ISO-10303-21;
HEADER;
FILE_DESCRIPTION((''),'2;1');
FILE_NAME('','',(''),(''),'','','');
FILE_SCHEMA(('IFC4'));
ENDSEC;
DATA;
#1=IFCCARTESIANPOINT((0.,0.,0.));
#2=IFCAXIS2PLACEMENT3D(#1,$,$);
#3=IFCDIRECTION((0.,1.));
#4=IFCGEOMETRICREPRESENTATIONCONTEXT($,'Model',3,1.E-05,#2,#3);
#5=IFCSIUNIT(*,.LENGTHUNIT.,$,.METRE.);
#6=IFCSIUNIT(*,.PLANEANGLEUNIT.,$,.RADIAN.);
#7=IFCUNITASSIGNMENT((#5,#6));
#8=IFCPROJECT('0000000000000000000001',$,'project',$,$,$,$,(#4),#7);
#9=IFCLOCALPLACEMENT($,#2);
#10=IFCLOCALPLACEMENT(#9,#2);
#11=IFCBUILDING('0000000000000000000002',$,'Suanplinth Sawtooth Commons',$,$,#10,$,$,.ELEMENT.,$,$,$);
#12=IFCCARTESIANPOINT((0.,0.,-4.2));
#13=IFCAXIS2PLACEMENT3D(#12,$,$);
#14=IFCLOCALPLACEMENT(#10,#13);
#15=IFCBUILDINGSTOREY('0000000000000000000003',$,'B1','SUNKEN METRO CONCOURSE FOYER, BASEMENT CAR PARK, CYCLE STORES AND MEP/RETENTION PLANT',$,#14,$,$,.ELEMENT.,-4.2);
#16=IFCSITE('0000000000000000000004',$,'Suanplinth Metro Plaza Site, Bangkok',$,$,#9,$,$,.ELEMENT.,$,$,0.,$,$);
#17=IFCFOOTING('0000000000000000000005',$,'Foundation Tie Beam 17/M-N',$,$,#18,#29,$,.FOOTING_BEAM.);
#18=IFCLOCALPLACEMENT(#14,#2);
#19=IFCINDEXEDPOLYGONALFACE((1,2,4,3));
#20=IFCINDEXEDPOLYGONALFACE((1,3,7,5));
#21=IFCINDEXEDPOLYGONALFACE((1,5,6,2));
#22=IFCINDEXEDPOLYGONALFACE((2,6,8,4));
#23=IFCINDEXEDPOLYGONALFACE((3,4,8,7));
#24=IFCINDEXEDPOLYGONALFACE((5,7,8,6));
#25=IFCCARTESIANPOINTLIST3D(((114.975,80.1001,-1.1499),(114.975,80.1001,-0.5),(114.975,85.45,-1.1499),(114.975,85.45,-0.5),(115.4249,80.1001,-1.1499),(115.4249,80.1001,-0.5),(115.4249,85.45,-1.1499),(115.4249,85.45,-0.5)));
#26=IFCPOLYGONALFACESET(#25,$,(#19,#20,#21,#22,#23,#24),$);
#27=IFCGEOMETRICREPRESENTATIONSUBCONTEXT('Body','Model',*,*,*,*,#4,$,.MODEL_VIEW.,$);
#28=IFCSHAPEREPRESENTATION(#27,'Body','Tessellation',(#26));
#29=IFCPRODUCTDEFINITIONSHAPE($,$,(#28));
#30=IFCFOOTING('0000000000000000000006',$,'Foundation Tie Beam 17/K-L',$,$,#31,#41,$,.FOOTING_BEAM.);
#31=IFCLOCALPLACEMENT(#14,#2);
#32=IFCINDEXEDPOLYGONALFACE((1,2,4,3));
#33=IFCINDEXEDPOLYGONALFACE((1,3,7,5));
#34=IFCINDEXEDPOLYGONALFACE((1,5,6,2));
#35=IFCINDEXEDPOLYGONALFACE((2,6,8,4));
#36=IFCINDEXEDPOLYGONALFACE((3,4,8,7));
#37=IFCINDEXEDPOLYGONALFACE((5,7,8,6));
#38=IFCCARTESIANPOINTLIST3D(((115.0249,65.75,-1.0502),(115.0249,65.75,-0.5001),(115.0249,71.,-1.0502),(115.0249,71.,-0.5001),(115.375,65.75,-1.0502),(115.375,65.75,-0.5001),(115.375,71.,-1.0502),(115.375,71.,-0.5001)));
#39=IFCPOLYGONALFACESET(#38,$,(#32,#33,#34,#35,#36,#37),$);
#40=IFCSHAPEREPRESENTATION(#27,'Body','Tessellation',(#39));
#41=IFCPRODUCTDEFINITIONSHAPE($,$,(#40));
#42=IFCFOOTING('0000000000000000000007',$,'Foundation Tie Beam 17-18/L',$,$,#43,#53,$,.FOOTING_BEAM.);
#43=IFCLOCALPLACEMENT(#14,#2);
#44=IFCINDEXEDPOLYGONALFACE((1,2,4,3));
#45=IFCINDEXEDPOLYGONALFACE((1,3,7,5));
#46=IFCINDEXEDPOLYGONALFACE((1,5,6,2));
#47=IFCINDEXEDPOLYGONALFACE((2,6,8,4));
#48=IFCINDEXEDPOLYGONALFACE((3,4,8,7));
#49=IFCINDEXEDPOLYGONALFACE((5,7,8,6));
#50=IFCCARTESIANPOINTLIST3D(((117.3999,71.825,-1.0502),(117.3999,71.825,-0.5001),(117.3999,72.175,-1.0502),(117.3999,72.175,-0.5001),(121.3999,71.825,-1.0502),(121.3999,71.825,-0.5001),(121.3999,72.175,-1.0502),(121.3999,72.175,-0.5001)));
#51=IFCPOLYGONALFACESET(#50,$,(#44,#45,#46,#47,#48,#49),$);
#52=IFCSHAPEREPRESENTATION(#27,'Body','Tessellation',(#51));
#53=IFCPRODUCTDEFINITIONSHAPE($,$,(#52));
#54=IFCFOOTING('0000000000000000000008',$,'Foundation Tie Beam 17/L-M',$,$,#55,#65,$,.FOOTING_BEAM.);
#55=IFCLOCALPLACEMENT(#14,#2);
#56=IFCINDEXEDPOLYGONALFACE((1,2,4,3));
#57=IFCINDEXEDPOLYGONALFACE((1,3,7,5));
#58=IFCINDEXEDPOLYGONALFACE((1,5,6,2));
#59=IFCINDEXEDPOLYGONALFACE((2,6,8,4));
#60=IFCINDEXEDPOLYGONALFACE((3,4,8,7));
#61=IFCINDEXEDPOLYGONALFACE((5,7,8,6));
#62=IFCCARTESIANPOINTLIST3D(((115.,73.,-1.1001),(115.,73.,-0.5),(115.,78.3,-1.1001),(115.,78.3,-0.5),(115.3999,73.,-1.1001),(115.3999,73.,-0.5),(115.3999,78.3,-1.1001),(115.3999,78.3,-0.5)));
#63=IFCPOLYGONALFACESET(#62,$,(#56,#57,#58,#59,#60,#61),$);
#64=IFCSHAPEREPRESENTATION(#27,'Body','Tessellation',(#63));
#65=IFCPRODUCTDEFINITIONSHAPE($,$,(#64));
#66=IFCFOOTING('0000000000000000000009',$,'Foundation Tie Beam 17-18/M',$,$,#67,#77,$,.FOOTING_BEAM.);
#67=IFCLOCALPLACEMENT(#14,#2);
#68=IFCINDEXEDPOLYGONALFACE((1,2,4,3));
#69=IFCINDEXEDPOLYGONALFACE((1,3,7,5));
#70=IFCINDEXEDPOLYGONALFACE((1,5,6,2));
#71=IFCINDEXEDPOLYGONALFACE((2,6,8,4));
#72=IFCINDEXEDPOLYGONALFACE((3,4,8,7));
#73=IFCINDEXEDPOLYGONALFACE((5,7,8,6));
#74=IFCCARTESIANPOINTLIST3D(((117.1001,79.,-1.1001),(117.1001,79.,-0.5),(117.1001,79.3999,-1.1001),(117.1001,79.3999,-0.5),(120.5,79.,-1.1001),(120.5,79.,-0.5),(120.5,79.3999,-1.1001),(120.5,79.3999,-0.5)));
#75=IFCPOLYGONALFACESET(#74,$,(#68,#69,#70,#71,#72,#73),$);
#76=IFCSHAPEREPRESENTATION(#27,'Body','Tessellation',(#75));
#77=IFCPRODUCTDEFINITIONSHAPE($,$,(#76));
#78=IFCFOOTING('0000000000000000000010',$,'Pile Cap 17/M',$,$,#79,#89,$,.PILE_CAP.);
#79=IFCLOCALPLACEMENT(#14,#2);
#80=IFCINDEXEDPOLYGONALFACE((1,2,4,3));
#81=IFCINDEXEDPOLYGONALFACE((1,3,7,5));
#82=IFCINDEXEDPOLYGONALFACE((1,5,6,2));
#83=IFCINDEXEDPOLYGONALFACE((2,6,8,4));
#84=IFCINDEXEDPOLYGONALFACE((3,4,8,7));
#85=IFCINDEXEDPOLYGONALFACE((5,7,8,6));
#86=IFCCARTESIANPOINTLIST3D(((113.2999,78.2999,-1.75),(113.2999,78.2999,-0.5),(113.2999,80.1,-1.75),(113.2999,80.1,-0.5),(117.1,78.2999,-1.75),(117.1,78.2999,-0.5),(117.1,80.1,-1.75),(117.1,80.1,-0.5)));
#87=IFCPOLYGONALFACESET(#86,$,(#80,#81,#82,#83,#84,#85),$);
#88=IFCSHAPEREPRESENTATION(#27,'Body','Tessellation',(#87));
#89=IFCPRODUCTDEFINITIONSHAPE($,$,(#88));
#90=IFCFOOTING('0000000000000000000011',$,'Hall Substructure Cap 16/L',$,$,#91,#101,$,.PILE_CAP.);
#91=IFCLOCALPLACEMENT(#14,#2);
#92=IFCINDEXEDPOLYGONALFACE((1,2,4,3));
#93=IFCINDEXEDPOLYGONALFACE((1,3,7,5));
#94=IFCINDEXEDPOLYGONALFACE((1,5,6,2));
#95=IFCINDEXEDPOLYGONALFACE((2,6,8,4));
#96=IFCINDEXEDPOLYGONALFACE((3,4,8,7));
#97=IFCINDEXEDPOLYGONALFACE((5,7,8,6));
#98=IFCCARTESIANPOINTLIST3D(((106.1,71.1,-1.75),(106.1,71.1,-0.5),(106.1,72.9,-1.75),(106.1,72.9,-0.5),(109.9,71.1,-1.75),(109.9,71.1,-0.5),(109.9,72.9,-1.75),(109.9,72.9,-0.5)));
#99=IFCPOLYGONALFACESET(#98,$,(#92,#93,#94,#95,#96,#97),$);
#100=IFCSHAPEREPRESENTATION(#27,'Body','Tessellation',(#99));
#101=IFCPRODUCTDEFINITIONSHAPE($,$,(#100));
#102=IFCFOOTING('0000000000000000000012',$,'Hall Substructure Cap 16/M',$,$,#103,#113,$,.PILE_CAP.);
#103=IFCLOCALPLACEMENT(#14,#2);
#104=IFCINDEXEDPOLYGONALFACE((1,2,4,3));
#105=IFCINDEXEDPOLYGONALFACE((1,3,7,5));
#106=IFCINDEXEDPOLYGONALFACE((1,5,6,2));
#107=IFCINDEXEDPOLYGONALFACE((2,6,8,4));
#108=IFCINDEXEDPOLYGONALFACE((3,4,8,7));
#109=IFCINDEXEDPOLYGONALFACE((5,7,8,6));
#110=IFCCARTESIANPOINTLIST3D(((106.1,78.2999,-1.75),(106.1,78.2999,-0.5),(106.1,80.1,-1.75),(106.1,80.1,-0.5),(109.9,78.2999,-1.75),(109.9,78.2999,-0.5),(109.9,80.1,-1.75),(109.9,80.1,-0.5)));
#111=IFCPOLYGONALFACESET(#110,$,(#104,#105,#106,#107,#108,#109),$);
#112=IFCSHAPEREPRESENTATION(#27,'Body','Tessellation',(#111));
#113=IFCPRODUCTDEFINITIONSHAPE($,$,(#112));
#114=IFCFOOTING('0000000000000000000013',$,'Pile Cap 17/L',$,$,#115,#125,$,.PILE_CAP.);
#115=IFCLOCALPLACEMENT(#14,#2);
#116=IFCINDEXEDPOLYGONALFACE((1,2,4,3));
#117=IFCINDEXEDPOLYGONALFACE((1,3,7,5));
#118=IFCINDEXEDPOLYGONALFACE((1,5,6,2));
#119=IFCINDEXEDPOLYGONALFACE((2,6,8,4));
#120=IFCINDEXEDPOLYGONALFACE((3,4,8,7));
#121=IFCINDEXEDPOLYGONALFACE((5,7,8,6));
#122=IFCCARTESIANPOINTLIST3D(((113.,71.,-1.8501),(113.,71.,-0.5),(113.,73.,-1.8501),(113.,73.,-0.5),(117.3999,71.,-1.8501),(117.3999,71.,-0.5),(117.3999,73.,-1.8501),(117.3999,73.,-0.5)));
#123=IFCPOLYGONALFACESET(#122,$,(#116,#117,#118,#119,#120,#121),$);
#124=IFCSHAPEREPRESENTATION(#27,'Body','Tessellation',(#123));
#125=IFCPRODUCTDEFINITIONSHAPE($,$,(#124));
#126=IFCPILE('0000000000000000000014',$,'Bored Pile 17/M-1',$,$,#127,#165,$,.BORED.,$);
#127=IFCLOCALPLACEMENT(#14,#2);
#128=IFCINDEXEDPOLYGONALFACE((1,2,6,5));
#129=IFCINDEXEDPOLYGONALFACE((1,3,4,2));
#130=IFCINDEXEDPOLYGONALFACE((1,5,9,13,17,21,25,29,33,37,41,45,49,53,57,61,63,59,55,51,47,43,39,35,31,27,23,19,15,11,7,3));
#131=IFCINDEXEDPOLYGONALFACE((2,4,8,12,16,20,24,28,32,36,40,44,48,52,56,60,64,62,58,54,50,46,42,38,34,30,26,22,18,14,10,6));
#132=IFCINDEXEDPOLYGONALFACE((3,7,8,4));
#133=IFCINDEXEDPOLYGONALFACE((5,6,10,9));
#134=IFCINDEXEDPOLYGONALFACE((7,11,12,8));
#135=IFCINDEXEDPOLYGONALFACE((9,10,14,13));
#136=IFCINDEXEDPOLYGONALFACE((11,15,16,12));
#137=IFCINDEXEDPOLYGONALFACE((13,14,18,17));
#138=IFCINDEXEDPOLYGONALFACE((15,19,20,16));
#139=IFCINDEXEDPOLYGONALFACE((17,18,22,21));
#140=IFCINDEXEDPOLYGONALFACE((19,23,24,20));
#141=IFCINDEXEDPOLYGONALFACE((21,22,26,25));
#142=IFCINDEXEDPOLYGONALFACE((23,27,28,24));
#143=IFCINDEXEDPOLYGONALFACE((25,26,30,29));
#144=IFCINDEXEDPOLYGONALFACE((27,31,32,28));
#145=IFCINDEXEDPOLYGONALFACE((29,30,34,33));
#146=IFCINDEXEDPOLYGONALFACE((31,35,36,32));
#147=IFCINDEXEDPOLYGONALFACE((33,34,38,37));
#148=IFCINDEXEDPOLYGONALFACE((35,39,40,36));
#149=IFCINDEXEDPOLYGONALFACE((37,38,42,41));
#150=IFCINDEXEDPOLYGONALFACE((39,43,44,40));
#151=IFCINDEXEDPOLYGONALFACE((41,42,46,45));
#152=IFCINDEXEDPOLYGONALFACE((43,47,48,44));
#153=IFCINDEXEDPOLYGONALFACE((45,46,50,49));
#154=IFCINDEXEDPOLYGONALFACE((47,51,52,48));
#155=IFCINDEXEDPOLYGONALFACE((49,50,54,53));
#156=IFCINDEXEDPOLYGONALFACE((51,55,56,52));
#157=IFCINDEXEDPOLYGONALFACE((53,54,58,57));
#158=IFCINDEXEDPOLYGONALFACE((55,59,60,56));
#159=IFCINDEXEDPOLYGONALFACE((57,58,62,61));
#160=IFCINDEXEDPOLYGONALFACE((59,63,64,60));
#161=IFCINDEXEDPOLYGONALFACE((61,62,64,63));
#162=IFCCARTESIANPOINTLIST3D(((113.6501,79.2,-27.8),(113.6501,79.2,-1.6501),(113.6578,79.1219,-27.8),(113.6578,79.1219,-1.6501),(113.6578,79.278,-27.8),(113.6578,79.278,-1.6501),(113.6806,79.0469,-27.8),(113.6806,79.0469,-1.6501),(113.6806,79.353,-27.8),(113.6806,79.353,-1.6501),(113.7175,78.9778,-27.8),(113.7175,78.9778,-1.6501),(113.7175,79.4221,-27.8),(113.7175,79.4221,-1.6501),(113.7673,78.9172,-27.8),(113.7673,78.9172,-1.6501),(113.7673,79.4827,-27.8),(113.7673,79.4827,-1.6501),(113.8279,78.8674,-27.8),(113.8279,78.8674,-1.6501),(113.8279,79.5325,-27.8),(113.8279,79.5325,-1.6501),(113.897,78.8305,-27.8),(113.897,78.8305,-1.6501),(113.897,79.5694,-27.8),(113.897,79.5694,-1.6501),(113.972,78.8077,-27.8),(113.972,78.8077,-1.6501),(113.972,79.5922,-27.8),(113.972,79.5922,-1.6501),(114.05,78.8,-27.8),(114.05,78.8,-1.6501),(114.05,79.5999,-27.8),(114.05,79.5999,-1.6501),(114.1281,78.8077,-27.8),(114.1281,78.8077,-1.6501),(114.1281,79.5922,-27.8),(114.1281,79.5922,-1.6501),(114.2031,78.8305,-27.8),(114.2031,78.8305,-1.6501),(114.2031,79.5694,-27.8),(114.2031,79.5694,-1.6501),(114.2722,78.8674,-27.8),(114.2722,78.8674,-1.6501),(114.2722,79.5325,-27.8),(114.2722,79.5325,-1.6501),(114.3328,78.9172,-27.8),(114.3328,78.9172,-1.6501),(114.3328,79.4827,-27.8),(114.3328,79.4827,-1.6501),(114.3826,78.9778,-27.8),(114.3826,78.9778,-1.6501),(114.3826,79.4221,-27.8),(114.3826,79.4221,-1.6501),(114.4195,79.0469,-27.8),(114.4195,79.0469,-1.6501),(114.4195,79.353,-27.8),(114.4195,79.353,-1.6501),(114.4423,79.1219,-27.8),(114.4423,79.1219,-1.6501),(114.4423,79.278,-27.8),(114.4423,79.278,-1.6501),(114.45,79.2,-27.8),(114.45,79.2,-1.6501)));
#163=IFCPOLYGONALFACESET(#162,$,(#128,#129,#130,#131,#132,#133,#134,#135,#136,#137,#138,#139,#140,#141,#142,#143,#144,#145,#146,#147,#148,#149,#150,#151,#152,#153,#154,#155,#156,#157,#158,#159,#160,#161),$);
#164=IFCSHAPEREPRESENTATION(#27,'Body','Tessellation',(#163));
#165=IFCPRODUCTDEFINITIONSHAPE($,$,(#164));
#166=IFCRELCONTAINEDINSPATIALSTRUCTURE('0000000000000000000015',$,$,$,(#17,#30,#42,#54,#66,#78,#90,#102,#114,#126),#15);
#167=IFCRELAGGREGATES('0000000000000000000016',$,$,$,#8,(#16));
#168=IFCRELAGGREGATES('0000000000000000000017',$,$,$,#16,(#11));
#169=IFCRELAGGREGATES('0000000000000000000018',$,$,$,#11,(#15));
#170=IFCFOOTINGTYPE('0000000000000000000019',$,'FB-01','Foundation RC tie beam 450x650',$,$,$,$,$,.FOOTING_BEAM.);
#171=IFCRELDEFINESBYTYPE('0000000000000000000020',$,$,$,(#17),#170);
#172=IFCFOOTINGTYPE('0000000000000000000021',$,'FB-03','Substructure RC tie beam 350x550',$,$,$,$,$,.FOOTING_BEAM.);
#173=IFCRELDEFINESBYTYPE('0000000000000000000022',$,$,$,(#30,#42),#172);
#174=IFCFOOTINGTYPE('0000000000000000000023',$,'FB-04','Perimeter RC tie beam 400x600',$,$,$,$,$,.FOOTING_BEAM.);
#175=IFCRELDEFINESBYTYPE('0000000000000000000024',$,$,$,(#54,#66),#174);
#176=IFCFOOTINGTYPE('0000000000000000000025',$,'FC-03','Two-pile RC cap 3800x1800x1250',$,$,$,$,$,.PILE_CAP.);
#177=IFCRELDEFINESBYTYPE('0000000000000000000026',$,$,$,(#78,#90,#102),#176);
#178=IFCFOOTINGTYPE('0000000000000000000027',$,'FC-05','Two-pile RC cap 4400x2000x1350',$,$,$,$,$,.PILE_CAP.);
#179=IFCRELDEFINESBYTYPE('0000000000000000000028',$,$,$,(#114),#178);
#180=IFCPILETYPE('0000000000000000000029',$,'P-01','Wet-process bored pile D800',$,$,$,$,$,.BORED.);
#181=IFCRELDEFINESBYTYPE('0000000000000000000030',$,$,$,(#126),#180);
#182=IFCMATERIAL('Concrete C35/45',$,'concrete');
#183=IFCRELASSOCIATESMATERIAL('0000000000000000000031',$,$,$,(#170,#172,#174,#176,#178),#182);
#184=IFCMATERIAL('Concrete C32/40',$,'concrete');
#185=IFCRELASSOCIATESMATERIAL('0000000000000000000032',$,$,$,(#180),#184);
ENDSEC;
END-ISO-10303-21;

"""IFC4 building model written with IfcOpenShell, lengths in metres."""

from ifc_helpers import new_model, si_unit, direction, frame, origin, origin_2d, place, context, subcontext, project, spatial, rectangle, circle, extrude, material, material_profile, profile_set, type_object, element, save


model = new_model("IFC4")

# Units and contexts
model_context = context("Model", 3, precision=1e-05, world=origin(), true_north=direction((0.0, 1.0)))
body_context = subcontext(model_context, "Body", "Model", "MODEL_VIEW")
ifc_project = project(units=[si_unit("LENGTHUNIT", "METRE"), si_unit("PLANEANGLEUNIT", "RADIAN")], contexts=[model_context])

# Site, building, storey
site_placement = place(None, origin())
site = spatial("IfcSite", under=ifc_project, at=site_placement, Name="Suanplinth Metro Plaza Site, Bangkok", CompositionType="ELEMENT", RefElevation=0.0)
building_placement = place(site_placement, origin())
building = spatial("IfcBuilding", under=site, at=building_placement, Name="Suanplinth Sawtooth Commons", CompositionType="ELEMENT")
storey_placement = place(building_placement, frame((0.0, 0.0, -4.2)))
storey = spatial("IfcBuildingStorey", under=building, at=storey_placement, Name="B1", Description="SUNKEN METRO CONCOURSE FOYER, BASEMENT CAR PARK, CYCLE STORES AND MEP/RETENTION PLANT", CompositionType="ELEMENT", Elevation=-4.2)

# Footings
ifc_material_1 = material(Name="Concrete C35/45", Category="concrete")
ifc_material_profile_1 = material_profile(ifc_material_1, rectangle(XDim=0.45, YDim=0.6499, at=origin_2d()), Name="PC-GDR 450x650")
ifc_profile_set_1 = profile_set([ifc_material_profile_1], Name="Concrete C35/45")
footing_type_1 = type_object("IfcFootingType", Name="FB-01", Description="Foundation RC tie beam 450x650", PredefinedType="FOOTING_BEAM", material=ifc_profile_set_1)
footing_1_placement = place(storey_placement, frame((115.2, 80.1001, -0.825), z_axis=(0.0, 1.0, 0.0), x_axis=(-1.0, 0.0, 0.0)))
element("IfcFooting", 1, at=footing_1_placement, inside=storey, type_object=footing_type_1, Name="Foundation Tie Beam 17/M-N", PredefinedType="FOOTING_BEAM", context=body_context, shape_type="SweptSolid", body=[
    extrude(rectangle(XDim=0.45, YDim=0.6499, at=origin_2d()), origin(), (0.0, 0.0, 1.0), 5.3499),
])
ifc_material_profile_2 = material_profile(ifc_material_1, rectangle(XDim=0.3501, YDim=0.55, at=origin_2d()), Name="PC-BM 350x550")
ifc_profile_set_2 = profile_set([ifc_material_profile_2], Name="Concrete C35/45")
footing_type_2 = type_object("IfcFootingType", Name="FB-03", Description="Substructure RC tie beam 350x550", PredefinedType="FOOTING_BEAM", material=ifc_profile_set_2)
footing_2_placement = place(storey_placement, frame((115.2, 65.75, -0.7751), z_axis=(0.0, 1.0, 0.0), x_axis=(-1.0, 0.0, 0.0)))
element("IfcFooting", 2, at=footing_2_placement, inside=storey, type_object=footing_type_2, Name="Foundation Tie Beam 17/K-L", PredefinedType="FOOTING_BEAM", context=body_context, shape_type="SweptSolid", body=[
    extrude(rectangle(XDim=0.3501, YDim=0.55, at=origin_2d()), origin(), (0.0, 0.0, 1.0), 5.25),
])
footing_3_placement = place(storey_placement, frame((117.3999, 72.0, -0.7751), z_axis=(1.0, 0.0, 0.0), x_axis=(0.0, 1.0, 0.0)))
element("IfcFooting", 3, at=footing_3_placement, inside=storey, type_object=footing_type_2, Name="Foundation Tie Beam 17-18/L", PredefinedType="FOOTING_BEAM", context=body_context, shape_type="SweptSolid", body=[
    extrude(rectangle(XDim=0.3501, YDim=0.55, at=origin_2d()), origin(), (0.0, 0.0, 1.0), 4.0),
])
ifc_material_profile_3 = material_profile(ifc_material_1, rectangle(XDim=0.3999, YDim=0.6001, at=origin_2d()), Name="PC-GDR 400x600")
ifc_profile_set_3 = profile_set([ifc_material_profile_3], Name="Concrete C35/45")
footing_type_3 = type_object("IfcFootingType", Name="FB-04", Description="Perimeter RC tie beam 400x600", PredefinedType="FOOTING_BEAM", material=ifc_profile_set_3)
footing_4_placement = place(storey_placement, frame((115.2, 73.0, -0.8), z_axis=(0.0, 1.0, 0.0), x_axis=(-1.0, 0.0, 0.0)))
element("IfcFooting", 4, at=footing_4_placement, inside=storey, type_object=footing_type_3, Name="Foundation Tie Beam 17/L-M", PredefinedType="FOOTING_BEAM", context=body_context, shape_type="SweptSolid", body=[
    extrude(rectangle(XDim=0.3999, YDim=0.6001, at=origin_2d()), origin(), (0.0, 0.0, 1.0), 5.3),
])
footing_5_placement = place(storey_placement, frame((117.1001, 79.2, -0.8), z_axis=(1.0, 0.0, 0.0), x_axis=(0.0, 1.0, 0.0)))
element("IfcFooting", 5, at=footing_5_placement, inside=storey, type_object=footing_type_3, Name="Foundation Tie Beam 17-18/M", PredefinedType="FOOTING_BEAM", context=body_context, shape_type="SweptSolid", body=[
    extrude(rectangle(XDim=0.3999, YDim=0.6001, at=origin_2d()), origin(), (0.0, 0.0, 1.0), 3.3999),
])
footing_type_4 = type_object("IfcFootingType", Name="FC-03", Description="Two-pile RC cap 3800x1800x1250", PredefinedType="PILE_CAP", material=ifc_material_1)
for number, where, z_axis, x_axis, name in (
    (6, (115.2, 79.2, -1.75), (0.0, 0.0, 1.0), (1.0, 0.0, 0.0), "Pile Cap 17/M"),
    (7, (108.0, 72.0, -1.75), (0.0, 0.0, 1.0), (1.0, 0.0, 0.0), "Hall Substructure Cap 16/L"),
    (8, (108.0, 79.2, -1.75), (0.0, 0.0, 1.0), (1.0, 0.0, 0.0), "Hall Substructure Cap 16/M"),
):
    element("IfcFooting", number, at=place(storey_placement, frame(where, z_axis=z_axis, x_axis=x_axis)), inside=storey, type_object=footing_type_4, Name=name, PredefinedType="PILE_CAP", context=body_context, shape_type="SweptSolid", body=[
        extrude(rectangle(XDim=3.8, YDim=1.8, at=origin_2d()), origin(), (0.0, 0.0, 1.0), 1.25),
    ])
footing_type_5 = type_object("IfcFootingType", Name="FC-05", Description="Two-pile RC cap 4400x2000x1350", PredefinedType="PILE_CAP", material=ifc_material_1)
footing_6_placement = place(storey_placement, frame((115.2, 72.0, -1.8501), z_axis=(0.0, 0.0, 1.0), x_axis=(1.0, 0.0, 0.0)))
element("IfcFooting", 9, at=footing_6_placement, inside=storey, type_object=footing_type_5, Name="Pile Cap 17/L", PredefinedType="PILE_CAP", context=body_context, shape_type="SweptSolid", body=[
    extrude(rectangle(XDim=4.3999, YDim=2.0, at=origin_2d()), origin(), (0.0, 0.0, 1.0), 1.3501),
])

# Pile
ifc_material_2 = material(Name="Concrete C32/40", Category="concrete")
ifc_material_profile_4 = material_profile(ifc_material_2, circle(Radius=0.3999, at=origin_2d()), Name="PILE D800")
ifc_profile_set_4 = profile_set([ifc_material_profile_4], Name="Concrete C32/40")
pile_type_1 = type_object("IfcPileType", Name="P-01", Description="Wet-process bored pile D800", PredefinedType="BORED", material=ifc_profile_set_4)
for number, where, z_axis, x_axis, name in (
    (10, (114.05, 79.2, -1.6501), (0.0, 0.0, -1.0), (1.0, 0.0, 0.0), "Bored Pile 17/M-1"),
):
    element("IfcPile", number, at=place(storey_placement, frame(where, z_axis=z_axis, x_axis=x_axis)), inside=storey, type_object=pile_type_1, Name=name, PredefinedType="BORED", context=body_context, shape_type="SweptSolid", body=[
        extrude(circle(Radius=0.3999, at=origin_2d()), origin(), (0.0, 0.0, 1.0), 26.1499),
    ])

save(model, "model.ifc")
